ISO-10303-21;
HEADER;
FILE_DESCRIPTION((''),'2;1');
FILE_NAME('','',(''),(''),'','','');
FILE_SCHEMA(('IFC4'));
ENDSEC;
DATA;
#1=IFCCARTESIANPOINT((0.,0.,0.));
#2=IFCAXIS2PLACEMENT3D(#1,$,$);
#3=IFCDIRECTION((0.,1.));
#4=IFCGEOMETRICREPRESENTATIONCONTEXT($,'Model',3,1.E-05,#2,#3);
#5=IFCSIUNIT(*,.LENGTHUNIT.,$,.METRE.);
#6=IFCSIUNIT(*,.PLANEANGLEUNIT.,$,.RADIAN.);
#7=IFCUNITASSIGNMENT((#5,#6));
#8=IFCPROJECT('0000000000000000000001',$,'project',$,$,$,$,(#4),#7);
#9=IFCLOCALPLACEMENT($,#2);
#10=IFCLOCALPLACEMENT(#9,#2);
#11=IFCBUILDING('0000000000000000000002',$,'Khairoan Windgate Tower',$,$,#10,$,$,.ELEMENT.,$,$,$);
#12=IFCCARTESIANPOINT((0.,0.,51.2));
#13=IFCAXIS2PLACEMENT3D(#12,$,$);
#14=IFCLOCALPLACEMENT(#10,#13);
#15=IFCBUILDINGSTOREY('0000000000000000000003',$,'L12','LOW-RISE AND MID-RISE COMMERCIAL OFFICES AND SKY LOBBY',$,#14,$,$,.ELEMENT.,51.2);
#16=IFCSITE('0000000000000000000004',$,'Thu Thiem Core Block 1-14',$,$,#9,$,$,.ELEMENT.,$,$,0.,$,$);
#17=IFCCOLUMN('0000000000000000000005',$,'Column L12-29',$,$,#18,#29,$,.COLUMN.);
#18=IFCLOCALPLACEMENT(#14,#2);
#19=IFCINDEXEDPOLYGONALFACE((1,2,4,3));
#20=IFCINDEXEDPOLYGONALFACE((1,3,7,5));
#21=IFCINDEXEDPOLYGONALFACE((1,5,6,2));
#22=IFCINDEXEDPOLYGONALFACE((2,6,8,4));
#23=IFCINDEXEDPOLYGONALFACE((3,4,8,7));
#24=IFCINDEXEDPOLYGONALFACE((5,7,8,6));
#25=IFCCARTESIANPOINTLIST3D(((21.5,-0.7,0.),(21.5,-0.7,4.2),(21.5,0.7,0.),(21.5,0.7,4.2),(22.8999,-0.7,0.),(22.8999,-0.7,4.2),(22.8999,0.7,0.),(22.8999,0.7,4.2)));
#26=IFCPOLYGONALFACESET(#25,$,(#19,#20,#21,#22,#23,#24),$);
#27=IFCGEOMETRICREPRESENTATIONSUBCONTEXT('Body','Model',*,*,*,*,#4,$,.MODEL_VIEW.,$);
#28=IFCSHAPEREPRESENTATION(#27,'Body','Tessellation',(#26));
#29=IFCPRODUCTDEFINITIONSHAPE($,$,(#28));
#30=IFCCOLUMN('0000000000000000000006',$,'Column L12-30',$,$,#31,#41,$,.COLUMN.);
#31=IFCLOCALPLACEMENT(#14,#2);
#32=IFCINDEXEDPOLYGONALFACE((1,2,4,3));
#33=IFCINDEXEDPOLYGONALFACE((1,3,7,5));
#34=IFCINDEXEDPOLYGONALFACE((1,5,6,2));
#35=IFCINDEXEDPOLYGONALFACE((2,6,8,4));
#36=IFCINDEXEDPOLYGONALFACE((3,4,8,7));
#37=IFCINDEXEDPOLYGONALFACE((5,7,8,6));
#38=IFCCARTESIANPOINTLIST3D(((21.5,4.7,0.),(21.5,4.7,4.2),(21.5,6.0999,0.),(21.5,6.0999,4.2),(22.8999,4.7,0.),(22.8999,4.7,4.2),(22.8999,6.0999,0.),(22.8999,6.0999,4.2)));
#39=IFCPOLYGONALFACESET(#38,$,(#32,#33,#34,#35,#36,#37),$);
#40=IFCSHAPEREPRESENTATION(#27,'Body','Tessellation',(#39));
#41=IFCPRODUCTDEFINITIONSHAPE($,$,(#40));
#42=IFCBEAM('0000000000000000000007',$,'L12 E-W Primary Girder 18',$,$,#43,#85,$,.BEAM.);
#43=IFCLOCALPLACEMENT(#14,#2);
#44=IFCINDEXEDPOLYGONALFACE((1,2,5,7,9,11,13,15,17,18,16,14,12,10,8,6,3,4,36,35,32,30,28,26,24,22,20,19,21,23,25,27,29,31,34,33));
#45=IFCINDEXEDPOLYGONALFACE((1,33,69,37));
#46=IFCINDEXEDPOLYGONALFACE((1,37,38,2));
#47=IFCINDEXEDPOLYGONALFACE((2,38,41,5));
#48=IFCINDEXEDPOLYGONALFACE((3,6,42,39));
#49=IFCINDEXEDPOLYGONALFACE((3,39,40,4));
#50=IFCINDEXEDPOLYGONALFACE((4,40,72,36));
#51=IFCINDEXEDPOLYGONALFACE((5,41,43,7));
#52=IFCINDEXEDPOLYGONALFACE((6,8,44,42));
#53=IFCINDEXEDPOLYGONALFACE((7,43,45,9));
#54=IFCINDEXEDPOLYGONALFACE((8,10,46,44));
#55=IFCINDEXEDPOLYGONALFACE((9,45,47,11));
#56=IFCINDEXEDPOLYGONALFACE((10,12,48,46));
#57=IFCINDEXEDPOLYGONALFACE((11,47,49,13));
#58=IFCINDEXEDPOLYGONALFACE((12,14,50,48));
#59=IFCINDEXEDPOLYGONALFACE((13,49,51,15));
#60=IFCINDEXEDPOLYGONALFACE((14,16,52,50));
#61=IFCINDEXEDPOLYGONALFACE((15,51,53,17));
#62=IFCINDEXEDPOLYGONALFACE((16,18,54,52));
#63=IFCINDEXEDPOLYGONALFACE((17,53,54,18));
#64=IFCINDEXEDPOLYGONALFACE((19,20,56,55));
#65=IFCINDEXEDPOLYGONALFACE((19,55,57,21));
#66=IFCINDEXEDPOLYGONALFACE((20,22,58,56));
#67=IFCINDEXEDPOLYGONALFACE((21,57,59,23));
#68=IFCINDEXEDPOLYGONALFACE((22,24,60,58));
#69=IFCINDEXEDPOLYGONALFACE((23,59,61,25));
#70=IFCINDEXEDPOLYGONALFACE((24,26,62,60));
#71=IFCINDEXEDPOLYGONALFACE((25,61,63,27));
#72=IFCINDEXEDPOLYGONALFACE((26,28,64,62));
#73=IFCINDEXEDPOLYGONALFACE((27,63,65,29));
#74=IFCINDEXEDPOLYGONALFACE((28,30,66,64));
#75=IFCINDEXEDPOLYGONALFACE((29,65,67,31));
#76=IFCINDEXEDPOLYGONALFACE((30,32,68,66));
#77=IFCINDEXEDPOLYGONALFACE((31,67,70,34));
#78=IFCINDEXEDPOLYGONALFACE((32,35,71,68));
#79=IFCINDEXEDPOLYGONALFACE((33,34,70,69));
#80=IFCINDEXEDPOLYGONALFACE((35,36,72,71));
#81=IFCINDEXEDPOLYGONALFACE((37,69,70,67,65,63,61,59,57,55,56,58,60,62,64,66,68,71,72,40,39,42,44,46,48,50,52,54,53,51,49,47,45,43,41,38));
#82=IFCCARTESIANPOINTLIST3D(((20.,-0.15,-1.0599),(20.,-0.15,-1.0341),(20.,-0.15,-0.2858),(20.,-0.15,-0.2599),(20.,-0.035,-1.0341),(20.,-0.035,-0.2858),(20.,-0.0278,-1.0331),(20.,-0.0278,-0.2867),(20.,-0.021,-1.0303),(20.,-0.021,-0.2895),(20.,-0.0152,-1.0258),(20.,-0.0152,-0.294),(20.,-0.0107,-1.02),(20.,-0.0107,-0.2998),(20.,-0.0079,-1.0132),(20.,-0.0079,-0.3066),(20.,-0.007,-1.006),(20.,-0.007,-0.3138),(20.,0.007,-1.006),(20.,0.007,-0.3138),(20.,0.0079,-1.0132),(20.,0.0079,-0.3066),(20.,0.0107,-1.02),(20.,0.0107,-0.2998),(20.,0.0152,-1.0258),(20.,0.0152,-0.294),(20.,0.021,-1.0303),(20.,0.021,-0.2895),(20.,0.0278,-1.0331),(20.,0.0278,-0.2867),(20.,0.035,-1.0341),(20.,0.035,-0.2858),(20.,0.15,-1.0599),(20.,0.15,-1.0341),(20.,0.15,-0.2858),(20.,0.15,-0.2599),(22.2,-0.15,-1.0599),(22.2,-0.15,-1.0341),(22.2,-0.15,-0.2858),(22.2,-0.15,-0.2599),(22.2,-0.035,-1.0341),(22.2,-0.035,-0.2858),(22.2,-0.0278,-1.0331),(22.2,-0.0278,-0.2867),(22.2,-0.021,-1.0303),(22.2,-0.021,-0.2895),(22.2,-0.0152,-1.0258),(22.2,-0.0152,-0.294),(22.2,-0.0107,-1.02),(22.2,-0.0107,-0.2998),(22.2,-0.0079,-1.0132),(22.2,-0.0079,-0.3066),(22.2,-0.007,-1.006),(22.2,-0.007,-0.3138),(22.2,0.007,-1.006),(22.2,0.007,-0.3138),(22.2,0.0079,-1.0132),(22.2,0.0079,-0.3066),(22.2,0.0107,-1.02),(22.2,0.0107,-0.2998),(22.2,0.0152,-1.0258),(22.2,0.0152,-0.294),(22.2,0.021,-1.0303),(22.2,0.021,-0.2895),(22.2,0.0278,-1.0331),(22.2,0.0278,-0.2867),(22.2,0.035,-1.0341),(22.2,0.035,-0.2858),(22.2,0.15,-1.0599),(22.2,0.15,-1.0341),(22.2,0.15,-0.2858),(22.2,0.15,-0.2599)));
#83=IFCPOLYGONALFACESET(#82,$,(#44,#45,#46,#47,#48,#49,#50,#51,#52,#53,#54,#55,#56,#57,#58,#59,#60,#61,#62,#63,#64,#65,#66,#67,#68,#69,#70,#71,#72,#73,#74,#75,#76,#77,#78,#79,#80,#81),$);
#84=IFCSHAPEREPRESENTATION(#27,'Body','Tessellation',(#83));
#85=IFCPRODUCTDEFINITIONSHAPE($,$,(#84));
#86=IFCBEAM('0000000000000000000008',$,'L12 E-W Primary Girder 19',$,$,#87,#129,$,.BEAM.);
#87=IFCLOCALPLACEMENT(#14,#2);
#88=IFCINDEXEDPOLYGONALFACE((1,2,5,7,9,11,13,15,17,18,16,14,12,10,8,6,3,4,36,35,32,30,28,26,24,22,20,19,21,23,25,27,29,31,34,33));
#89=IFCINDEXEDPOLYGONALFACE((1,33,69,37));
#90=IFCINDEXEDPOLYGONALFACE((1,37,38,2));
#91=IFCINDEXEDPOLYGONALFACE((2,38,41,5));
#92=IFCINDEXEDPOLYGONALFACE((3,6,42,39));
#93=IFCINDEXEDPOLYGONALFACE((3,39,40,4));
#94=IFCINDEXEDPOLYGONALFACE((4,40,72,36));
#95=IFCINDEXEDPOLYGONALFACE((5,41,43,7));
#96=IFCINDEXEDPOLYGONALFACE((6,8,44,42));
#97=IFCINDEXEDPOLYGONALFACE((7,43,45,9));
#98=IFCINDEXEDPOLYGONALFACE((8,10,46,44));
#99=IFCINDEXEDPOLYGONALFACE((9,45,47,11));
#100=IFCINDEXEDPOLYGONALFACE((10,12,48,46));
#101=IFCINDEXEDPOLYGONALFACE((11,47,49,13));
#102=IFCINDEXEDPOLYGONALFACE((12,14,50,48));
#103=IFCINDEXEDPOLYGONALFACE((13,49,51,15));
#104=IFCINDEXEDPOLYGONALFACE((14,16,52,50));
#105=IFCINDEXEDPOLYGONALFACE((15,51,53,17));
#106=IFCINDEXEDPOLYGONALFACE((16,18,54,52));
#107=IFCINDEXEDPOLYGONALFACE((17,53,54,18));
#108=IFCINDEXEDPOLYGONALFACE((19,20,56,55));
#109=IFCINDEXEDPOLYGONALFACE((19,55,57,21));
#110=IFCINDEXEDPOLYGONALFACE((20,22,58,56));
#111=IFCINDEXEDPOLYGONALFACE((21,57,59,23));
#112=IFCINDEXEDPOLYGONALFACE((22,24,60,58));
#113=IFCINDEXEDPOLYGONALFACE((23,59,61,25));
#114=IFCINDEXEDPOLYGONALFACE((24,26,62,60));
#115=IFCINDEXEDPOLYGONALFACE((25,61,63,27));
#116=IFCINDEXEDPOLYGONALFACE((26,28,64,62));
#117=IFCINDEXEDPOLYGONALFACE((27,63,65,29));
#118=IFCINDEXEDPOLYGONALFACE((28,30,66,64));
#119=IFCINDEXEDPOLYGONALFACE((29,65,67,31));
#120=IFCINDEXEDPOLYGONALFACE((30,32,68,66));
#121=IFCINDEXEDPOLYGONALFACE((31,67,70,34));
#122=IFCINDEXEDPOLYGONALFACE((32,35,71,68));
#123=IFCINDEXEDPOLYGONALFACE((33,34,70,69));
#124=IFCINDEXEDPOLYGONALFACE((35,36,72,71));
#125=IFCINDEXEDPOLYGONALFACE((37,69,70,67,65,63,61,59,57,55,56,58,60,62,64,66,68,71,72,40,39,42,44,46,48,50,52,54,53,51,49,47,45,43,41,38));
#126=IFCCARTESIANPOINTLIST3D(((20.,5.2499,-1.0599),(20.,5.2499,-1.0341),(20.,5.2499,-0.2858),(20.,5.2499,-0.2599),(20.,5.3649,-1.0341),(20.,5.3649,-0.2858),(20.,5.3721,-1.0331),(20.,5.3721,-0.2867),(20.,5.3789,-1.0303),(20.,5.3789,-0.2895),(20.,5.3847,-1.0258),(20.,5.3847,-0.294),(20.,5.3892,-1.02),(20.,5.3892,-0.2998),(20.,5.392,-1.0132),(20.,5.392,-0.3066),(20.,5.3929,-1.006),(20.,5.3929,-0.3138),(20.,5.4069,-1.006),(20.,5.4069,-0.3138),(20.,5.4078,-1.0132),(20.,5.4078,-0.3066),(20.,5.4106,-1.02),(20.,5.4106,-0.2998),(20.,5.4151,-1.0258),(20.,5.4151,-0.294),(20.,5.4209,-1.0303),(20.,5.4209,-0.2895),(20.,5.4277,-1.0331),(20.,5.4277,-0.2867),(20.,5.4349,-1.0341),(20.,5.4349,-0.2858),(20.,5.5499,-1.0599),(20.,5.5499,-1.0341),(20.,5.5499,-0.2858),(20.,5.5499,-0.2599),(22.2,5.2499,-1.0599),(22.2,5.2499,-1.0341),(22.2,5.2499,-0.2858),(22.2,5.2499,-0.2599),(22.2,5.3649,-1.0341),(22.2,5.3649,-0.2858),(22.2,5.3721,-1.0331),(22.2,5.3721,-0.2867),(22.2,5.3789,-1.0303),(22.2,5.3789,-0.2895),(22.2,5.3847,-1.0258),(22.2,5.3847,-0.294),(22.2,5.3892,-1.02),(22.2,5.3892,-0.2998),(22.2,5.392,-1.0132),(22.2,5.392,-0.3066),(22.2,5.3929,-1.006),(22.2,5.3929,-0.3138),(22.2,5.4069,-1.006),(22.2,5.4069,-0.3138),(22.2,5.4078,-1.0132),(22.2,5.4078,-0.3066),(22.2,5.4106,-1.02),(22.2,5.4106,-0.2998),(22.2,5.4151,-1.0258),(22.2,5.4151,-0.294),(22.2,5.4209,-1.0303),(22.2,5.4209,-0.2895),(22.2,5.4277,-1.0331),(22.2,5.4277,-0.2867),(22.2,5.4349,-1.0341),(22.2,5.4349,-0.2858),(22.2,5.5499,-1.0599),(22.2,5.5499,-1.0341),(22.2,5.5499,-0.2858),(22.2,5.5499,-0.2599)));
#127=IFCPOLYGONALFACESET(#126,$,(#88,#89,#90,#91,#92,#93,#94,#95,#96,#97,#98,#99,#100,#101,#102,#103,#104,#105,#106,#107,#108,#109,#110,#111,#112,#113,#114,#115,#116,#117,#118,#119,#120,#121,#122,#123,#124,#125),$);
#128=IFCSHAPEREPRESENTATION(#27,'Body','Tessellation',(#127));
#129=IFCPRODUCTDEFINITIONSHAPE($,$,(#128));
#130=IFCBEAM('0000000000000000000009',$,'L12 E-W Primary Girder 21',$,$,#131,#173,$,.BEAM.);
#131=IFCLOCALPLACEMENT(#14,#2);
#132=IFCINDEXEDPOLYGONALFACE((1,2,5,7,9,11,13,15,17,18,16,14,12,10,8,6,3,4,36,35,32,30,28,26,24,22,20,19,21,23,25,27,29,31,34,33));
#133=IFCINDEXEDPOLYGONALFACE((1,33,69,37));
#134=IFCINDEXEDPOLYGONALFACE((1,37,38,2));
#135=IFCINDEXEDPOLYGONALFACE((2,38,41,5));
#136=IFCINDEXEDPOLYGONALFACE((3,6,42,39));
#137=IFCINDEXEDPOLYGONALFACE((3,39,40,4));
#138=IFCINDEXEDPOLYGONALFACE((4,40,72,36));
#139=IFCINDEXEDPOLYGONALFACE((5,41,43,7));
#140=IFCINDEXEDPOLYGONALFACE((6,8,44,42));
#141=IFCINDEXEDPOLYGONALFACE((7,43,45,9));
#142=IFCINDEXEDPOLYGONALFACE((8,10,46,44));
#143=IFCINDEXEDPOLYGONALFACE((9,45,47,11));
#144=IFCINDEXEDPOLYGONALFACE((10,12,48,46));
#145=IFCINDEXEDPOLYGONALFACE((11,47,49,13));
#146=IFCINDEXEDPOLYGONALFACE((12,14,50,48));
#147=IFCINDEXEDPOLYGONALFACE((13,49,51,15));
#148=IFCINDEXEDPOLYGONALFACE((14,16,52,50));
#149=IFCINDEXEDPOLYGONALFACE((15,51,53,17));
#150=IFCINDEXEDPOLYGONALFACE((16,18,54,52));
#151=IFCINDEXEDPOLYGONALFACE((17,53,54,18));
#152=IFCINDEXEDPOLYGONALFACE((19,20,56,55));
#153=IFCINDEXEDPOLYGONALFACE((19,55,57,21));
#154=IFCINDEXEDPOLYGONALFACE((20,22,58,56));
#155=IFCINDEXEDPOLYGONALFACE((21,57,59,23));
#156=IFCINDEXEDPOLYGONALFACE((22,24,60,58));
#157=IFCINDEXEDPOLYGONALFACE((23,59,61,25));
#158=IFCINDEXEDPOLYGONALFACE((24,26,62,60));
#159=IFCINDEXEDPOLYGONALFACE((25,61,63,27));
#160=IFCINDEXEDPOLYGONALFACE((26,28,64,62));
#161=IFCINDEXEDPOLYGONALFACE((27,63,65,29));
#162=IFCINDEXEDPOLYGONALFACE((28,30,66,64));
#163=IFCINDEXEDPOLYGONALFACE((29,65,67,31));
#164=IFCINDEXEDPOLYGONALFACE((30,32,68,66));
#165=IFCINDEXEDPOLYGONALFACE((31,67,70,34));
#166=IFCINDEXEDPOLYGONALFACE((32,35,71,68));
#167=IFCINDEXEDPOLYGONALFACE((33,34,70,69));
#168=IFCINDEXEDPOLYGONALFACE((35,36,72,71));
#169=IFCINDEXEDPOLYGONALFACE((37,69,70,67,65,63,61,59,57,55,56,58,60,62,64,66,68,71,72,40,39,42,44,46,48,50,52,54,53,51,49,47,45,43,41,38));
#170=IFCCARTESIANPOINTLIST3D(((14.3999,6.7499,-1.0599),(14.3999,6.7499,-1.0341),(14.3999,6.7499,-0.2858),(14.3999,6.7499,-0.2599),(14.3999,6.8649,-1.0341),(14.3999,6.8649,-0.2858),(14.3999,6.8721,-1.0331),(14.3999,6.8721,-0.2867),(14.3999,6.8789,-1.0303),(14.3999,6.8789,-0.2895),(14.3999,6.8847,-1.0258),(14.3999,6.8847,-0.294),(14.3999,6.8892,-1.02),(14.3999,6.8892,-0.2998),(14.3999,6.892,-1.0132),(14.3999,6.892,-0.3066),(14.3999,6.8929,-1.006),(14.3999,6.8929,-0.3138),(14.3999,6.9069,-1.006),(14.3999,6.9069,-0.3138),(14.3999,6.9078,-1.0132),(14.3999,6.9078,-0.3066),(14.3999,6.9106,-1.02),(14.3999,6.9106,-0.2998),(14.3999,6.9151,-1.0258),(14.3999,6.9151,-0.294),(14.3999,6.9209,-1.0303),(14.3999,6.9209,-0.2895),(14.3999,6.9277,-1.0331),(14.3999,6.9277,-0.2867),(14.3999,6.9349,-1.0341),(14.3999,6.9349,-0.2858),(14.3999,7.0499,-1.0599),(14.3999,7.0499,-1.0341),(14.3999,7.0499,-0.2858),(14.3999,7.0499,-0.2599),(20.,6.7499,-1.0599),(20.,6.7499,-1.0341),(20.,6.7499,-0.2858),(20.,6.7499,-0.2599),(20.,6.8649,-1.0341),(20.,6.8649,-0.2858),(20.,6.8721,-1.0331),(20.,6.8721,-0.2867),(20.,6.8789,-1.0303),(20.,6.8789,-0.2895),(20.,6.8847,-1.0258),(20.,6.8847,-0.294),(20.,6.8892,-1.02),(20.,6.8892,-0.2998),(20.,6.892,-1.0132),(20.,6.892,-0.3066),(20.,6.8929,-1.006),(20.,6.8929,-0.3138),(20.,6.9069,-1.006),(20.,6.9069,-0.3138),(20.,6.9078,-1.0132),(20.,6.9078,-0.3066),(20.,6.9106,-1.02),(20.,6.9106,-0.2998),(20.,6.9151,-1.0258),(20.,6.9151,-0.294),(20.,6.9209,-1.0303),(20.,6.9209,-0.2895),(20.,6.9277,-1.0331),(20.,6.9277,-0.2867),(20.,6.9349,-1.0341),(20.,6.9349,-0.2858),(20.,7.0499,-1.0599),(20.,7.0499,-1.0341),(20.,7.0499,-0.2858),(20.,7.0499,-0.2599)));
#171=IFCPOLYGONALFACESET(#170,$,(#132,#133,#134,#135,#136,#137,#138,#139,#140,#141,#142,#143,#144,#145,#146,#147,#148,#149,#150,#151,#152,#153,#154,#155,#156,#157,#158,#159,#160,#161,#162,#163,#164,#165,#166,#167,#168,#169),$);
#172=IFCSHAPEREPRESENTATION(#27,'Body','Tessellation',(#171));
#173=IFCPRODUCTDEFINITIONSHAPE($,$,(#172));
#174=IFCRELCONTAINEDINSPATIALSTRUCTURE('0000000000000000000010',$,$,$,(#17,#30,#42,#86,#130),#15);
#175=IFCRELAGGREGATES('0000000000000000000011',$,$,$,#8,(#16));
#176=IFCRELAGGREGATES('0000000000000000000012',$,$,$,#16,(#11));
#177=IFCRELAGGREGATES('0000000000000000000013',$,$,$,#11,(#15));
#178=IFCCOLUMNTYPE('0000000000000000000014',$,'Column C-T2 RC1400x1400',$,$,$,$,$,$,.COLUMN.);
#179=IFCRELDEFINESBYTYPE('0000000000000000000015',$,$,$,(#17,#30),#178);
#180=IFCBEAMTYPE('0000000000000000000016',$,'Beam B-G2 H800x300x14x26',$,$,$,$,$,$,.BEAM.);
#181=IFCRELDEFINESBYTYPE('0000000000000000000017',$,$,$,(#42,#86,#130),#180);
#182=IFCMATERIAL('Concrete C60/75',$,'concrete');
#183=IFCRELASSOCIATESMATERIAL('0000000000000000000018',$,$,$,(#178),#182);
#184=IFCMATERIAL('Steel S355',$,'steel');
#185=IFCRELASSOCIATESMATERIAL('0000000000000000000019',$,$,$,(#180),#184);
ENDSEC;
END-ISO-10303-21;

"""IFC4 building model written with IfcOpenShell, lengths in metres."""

from ifc_helpers import new_model, si_unit, direction, frame, origin, origin_2d, place, context, subcontext, project, spatial, rectangle, i_section, extrude, material, material_profile, profile_set, type_object, element, save


model = new_model("IFC4")

# Units and contexts
model_context = context("Model", 3, precision=1e-05, world=origin(), true_north=direction((0.0, 1.0)))
body_context = subcontext(model_context, "Body", "Model", "MODEL_VIEW")
ifc_project = project(units=[si_unit("LENGTHUNIT", "METRE"), si_unit("PLANEANGLEUNIT", "RADIAN")], contexts=[model_context])

# Site, building, storey
site_placement = place(None, origin())
site = spatial("IfcSite", under=ifc_project, at=site_placement, Name="Thu Thiem Core Block 1-14", CompositionType="ELEMENT", RefElevation=0.0)
building_placement = place(site_placement, origin())
building = spatial("IfcBuilding", under=site, at=building_placement, Name="Khairoan Windgate Tower", CompositionType="ELEMENT")
storey_placement = place(building_placement, frame((0.0, 0.0, 51.2)))
storey = spatial("IfcBuildingStorey", under=building, at=storey_placement, Name="L12", Description="LOW-RISE AND MID-RISE COMMERCIAL OFFICES AND SKY LOBBY", CompositionType="ELEMENT", Elevation=51.2)

# Columns
ifc_material_1 = material(Name="Concrete C60/75", Category="concrete")
ifc_material_profile_1 = material_profile(ifc_material_1, rectangle(XDim=1.3999, YDim=1.3999, at=origin_2d()))
ifc_profile_set_1 = profile_set([ifc_material_profile_1], Name="Concrete C60/75")
column_type = type_object("IfcColumnType", Name="Column C-T2 RC1400x1400", PredefinedType="COLUMN", material=ifc_profile_set_1)
for number, where, z_axis, x_axis, name in (
    (1, (22.2, 0.0, 0.0), (0.0, 0.0, 1.0), (1.0, 0.0, 0.0), "Column L12-29"),
    (2, (22.2, 5.3999, 0.0), (0.0, 0.0, 1.0), (1.0, 0.0, 0.0), "Column L12-30"),
):
    element("IfcColumn", number, at=place(storey_placement, frame(where, z_axis=z_axis, x_axis=x_axis)), inside=storey, type_object=column_type, Name=name, PredefinedType="COLUMN", context=body_context, shape_type="SweptSolid", body=[
        extrude(rectangle(XDim=1.3999, YDim=1.3999, at=origin_2d()), origin(), (0.0, 0.0, 1.0), 4.2),
    ])

# Beams
ifc_material_2 = material(Name="Steel S355", Category="steel")
ifc_material_profile_2 = material_profile(ifc_material_2, i_section(OverallWidth=0.3, OverallDepth=0.8, WebThickness=0.0139, FlangeThickness=0.0259, FilletRadius=0.0281, at=origin_2d()))
ifc_profile_set_2 = profile_set([ifc_material_profile_2], Name="Steel S355")
beam_type_1 = type_object("IfcBeamType", Name="Beam B-G2 H800x300x14x26", PredefinedType="BEAM", material=ifc_profile_set_2)
for number, where, z_axis, x_axis, name in (
    (3, (20.0, 0.0, -0.6599), (1.0, 0.0, 0.0), (0.0, 1.0, 0.0), "L12 E-W Primary Girder 18"),
    (4, (20.0, 5.3999, -0.6599), (1.0, 0.0, 0.0), (0.0, 1.0, 0.0), "L12 E-W Primary Girder 19"),
):
    element("IfcBeam", number, at=place(storey_placement, frame(where, z_axis=z_axis, x_axis=x_axis)), inside=storey, type_object=beam_type_1, Name=name, PredefinedType="BEAM", context=body_context, shape_type="SweptSolid", body=[
        extrude(i_section(OverallWidth=0.3, OverallDepth=0.8, WebThickness=0.0139, FlangeThickness=0.0259, FilletRadius=0.0281, at=origin_2d()), origin(), (0.0, 0.0, 1.0), 2.2),
    ])
beam_1_placement = place(storey_placement, frame((14.3999, 6.8999, -0.6599), z_axis=(1.0, 0.0, 0.0), x_axis=(0.0, 1.0, 0.0)))
element("IfcBeam", 5, at=beam_1_placement, inside=storey, type_object=beam_type_1, Name="L12 E-W Primary Girder 21", PredefinedType="BEAM", context=body_context, shape_type="SweptSolid", body=[
    extrude(i_section(OverallWidth=0.3, OverallDepth=0.8, WebThickness=0.0139, FlangeThickness=0.0259, FilletRadius=0.0281, at=origin_2d()), origin(), (0.0, 0.0, 1.0), 5.6001),
])

save(model, "model.ifc")
